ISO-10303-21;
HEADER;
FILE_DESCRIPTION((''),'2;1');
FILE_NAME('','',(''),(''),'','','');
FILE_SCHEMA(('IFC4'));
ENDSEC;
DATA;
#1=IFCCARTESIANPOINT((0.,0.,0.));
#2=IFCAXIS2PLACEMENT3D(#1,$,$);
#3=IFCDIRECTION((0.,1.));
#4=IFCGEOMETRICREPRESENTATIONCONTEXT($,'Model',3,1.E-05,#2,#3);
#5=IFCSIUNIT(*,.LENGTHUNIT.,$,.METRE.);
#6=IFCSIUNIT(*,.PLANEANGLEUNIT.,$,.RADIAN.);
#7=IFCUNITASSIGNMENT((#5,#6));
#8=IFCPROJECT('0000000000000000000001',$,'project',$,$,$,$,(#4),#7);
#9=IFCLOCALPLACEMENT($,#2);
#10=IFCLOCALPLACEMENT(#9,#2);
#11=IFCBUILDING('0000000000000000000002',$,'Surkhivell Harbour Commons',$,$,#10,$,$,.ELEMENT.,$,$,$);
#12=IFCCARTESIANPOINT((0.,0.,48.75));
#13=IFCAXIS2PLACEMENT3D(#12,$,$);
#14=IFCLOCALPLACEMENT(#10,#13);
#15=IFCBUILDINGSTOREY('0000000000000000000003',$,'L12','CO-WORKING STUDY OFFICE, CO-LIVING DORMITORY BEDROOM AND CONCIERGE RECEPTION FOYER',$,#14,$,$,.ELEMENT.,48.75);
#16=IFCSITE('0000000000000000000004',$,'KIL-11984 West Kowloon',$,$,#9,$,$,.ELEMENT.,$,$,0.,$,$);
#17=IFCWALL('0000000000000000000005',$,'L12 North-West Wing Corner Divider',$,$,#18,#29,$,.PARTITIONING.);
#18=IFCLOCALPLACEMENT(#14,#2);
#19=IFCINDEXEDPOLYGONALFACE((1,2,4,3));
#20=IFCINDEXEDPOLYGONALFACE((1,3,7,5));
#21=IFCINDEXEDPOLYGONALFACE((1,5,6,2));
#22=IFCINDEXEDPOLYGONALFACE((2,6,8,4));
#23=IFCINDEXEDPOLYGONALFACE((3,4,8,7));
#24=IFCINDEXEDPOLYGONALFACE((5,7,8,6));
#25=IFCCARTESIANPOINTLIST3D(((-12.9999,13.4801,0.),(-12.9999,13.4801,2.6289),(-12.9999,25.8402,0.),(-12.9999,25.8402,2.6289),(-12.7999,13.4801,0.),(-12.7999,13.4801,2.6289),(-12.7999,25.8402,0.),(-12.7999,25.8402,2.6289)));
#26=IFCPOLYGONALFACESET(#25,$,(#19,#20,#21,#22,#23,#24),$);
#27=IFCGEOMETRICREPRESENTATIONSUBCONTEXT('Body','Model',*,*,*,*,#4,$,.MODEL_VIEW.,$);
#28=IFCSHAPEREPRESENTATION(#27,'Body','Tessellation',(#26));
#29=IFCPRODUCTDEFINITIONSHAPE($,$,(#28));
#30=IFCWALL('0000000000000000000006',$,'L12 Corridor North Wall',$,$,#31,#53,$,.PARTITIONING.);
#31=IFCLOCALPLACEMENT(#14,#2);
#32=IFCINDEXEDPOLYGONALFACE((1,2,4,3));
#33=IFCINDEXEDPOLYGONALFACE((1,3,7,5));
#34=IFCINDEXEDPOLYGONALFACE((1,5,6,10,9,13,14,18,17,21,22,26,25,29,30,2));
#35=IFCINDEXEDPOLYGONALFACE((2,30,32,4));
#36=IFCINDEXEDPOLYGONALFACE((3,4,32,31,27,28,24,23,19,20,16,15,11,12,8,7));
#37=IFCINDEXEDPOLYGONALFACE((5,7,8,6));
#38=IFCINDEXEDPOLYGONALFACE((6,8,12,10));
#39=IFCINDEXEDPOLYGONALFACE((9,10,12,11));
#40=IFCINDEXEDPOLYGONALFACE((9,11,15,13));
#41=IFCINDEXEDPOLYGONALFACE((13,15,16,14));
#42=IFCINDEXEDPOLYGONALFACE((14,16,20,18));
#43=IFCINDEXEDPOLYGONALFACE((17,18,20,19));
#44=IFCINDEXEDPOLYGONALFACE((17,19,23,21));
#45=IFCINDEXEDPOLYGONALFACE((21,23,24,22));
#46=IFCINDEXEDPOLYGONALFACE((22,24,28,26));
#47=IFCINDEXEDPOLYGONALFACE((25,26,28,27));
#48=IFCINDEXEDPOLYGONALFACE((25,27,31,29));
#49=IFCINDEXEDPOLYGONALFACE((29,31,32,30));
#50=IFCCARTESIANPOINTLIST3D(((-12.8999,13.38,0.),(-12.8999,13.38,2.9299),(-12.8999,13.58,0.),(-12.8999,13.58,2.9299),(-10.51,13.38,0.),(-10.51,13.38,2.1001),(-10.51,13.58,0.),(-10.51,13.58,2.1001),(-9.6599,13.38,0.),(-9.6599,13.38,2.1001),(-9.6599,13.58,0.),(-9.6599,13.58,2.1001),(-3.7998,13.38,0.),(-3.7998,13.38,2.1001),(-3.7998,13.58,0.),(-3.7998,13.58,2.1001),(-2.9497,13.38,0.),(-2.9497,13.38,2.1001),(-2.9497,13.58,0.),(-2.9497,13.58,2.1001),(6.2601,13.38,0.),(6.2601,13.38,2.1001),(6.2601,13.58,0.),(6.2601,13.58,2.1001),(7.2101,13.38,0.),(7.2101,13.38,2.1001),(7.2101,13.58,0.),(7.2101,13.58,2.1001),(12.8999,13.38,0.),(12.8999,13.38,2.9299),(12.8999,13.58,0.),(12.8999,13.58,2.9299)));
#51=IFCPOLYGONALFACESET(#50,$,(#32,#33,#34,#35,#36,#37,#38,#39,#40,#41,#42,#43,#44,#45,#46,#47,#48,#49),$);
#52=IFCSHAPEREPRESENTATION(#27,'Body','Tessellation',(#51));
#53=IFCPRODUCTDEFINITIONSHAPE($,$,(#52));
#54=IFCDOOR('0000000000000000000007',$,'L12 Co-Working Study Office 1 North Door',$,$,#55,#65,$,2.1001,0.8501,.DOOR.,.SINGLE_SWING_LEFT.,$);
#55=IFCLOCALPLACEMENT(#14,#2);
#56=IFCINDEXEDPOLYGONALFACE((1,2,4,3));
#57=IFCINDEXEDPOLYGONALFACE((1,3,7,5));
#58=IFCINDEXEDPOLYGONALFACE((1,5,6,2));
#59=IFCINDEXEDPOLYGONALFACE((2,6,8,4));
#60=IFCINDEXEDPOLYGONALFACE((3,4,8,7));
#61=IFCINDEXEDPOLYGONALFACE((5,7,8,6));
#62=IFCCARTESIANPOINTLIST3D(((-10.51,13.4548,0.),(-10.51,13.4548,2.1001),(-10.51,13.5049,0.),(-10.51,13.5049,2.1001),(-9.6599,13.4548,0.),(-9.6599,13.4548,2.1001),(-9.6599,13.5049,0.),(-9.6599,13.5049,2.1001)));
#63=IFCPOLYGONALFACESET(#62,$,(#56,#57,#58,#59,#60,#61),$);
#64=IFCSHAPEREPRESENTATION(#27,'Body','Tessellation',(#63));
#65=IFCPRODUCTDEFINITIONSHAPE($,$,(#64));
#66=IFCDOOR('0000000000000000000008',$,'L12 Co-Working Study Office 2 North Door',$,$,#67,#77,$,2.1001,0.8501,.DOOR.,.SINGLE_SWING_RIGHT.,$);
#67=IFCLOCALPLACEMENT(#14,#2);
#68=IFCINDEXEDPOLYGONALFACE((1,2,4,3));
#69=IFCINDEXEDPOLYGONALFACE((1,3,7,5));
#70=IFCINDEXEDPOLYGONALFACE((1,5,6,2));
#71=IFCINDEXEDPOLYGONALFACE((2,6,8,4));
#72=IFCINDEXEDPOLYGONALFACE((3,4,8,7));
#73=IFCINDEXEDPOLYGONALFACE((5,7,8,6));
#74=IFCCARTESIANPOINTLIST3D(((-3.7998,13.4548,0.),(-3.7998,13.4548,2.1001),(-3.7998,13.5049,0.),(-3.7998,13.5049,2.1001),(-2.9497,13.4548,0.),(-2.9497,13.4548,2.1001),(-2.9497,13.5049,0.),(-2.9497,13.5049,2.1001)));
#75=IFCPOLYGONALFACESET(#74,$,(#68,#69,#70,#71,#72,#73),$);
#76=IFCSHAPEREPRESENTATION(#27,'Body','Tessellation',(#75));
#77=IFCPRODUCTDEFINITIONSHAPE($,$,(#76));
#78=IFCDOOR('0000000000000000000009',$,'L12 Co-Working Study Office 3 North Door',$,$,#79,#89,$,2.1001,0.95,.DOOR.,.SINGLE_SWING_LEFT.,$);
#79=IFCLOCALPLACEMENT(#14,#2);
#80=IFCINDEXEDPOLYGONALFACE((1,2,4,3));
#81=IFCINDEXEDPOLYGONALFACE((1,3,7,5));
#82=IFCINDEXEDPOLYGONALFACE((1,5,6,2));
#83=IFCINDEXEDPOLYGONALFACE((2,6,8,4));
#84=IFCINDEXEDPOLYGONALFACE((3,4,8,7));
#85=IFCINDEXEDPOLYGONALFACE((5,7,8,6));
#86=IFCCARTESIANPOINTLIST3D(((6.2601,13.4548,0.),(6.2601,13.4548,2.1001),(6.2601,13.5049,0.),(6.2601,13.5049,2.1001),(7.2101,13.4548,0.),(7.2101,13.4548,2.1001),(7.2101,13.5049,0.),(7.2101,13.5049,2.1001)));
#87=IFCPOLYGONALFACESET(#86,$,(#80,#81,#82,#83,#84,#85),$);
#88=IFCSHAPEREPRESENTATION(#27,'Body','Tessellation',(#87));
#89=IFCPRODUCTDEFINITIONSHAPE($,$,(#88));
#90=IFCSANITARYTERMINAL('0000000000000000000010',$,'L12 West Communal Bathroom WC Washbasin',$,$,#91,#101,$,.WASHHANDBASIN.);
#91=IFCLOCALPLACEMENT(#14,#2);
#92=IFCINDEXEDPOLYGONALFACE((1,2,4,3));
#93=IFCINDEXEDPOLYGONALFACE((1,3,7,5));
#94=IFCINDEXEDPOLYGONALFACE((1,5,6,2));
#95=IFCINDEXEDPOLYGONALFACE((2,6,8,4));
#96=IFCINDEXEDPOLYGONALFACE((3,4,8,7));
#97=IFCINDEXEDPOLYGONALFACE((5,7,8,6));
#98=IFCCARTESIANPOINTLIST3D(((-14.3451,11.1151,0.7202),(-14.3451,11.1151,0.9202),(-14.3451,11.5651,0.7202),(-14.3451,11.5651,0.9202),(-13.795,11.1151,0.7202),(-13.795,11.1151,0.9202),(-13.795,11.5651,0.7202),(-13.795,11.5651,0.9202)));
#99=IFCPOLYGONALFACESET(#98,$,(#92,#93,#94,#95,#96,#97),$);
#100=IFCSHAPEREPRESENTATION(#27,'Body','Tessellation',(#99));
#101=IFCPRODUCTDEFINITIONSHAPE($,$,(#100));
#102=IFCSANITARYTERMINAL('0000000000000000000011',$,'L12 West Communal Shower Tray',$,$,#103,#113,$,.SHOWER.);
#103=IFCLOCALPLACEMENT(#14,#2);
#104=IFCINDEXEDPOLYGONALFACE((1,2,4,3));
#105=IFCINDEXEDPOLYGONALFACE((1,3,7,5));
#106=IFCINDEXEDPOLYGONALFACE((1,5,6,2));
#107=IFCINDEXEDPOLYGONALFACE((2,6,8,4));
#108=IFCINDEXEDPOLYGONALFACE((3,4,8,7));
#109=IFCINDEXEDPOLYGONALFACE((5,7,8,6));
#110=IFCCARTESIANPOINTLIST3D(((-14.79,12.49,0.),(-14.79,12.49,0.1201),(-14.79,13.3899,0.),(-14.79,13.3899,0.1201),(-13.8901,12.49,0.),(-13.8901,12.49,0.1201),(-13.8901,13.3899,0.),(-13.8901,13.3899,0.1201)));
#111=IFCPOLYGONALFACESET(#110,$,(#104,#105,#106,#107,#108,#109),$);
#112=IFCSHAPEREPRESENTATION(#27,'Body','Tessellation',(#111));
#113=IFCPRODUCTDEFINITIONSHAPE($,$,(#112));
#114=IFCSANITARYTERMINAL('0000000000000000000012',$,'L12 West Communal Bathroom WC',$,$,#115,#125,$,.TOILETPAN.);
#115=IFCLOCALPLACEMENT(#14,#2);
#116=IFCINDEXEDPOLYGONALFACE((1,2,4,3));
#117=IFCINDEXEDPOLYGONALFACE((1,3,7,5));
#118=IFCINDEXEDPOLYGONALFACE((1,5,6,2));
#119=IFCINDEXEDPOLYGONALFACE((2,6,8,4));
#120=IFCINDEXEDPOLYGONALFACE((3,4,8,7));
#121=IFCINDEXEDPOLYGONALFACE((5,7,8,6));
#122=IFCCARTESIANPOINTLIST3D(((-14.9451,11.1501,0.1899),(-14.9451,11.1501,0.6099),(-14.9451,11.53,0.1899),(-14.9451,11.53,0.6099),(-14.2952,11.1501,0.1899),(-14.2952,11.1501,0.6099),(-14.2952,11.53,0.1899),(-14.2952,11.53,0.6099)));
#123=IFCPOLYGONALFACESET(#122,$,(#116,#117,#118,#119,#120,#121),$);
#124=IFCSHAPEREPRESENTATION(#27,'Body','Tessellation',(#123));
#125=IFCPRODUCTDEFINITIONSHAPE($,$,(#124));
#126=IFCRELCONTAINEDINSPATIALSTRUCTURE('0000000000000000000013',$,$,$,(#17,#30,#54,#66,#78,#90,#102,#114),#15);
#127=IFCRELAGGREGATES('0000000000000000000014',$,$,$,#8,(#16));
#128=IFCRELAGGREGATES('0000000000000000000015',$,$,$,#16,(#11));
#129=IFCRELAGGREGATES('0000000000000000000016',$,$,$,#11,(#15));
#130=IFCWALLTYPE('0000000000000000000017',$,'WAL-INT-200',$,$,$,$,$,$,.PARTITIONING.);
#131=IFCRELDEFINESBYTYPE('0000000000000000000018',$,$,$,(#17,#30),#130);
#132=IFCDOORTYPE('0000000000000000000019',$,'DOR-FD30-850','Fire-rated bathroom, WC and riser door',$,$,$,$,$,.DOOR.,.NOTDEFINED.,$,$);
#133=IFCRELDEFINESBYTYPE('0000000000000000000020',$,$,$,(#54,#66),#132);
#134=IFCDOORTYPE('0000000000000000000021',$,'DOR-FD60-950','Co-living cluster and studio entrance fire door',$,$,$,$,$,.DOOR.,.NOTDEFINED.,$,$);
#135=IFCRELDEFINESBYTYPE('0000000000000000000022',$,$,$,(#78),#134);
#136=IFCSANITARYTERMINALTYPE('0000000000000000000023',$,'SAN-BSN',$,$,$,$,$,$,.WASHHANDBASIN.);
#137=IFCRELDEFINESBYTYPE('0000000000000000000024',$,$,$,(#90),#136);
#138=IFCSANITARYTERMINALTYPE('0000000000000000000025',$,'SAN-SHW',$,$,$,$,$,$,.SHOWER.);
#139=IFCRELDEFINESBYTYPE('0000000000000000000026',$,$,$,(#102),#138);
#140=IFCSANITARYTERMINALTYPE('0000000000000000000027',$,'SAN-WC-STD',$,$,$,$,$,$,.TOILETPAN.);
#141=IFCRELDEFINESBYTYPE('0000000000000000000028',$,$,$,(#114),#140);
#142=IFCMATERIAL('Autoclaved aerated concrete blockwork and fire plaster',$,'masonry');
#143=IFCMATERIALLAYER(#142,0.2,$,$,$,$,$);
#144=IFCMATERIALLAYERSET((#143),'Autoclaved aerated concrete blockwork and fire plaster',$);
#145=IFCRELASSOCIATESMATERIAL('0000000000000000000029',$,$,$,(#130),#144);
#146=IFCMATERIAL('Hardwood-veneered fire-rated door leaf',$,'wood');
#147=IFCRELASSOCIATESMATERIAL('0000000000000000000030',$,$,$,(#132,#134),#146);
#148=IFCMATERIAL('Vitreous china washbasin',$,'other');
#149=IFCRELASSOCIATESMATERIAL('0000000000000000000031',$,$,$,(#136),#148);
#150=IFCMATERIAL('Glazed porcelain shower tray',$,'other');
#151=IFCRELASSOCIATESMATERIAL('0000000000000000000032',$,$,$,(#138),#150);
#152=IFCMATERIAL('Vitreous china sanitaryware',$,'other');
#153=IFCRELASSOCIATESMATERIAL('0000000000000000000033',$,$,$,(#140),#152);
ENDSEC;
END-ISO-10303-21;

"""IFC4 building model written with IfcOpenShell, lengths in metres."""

from ifc_helpers import new_model, si_unit, direction, frame, frame_2d, origin, origin_2d, place, context, subcontext, project, spatial, rectangle, extrude, material, layer, layer_set, type_object, element, fill, save


model = new_model("IFC4")

# Units and contexts
model_context = context("Model", 3, precision=1e-05, world=origin(), true_north=direction((0.0, 1.0)))
body_context = subcontext(model_context, "Body", "Model", "MODEL_VIEW")
ifc_project = project(units=[si_unit("LENGTHUNIT", "METRE"), si_unit("PLANEANGLEUNIT", "RADIAN")], contexts=[model_context])

# Site, building, storey
site_placement = place(None, origin())
site = spatial("IfcSite", under=ifc_project, at=site_placement, Name="KIL-11984 West Kowloon", CompositionType="ELEMENT", RefElevation=0.0)
building_placement = place(site_placement, origin())
building = spatial("IfcBuilding", under=site, at=building_placement, Name="Surkhivell Harbour Commons", CompositionType="ELEMENT")
storey_placement = place(building_placement, frame((0.0, 0.0, 48.75)))
storey = spatial("IfcBuildingStorey", under=building, at=storey_placement, Name="L12", Description="CO-WORKING STUDY OFFICE, CO-LIVING DORMITORY BEDROOM AND CONCIERGE RECEPTION FOYER", CompositionType="ELEMENT", Elevation=48.75)

# Shared definitions
ifc_material_1 = material(Name="Hardwood-veneered fire-rated door leaf", Category="wood")

# Wall
ifc_material_2 = material(Name="Autoclaved aerated concrete blockwork and fire plaster", Category="masonry")
ifc_layer_1 = layer(ifc_material_2, 0.2)
ifc_layer_set_1 = layer_set([ifc_layer_1], Name="Autoclaved aerated concrete blockwork and fire plaster")
wall_type_1 = type_object("IfcWallType", Name="WAL-INT-200", PredefinedType="PARTITIONING", material=ifc_layer_set_1)
wall_1_placement = place(storey_placement, frame((-12.8999, 13.48, 0.0), z_axis=(0.0, 0.0, 1.0), x_axis=(0.0, 1.0, 0.0)))
element("IfcWall", 1, at=wall_1_placement, inside=storey, type_object=wall_type_1, Name="L12 North-West Wing Corner Divider", PredefinedType="PARTITIONING", context=body_context, shape_type="SweptSolid", body=[
    extrude(rectangle(XDim=12.3601, YDim=0.2, at=frame_2d((6.1802, 0.0))), origin(), (0.0, 0.0, 1.0), 2.6289),
])

# Wall, openings, doors
wall_2_placement = place(storey_placement, frame((-12.8999, 13.48, 0.0), z_axis=(0.0, 0.0, 1.0), x_axis=(1.0, 0.0, 0.0)))
wall_2 = element("IfcWall", 2, at=wall_2_placement, inside=storey, type_object=wall_type_1, Name="L12 Corridor North Wall", PredefinedType="PARTITIONING", context=body_context, shape_type="SweptSolid", body=[
    extrude(rectangle(XDim=25.7998, YDim=0.2, at=frame_2d((12.8999, 0.0))), origin(), (0.0, 0.0, 1.0), 2.9299),
])
opening_1_placement = place(wall_2_placement, frame((2.3899, 0.0, 0.0)))
opening_1 = element("IfcOpeningElement", 3, at=opening_1_placement, cuts=wall_2, PredefinedType="OPENING", context=body_context, shape_type="SweptSolid", body=[
    extrude(rectangle(XDim=0.8501, YDim=2.1001, at=frame_2d((0.425, 1.05))), frame((0.0, 0.1099, 0.0), z_axis=(0.0, -1.0, 0.0), x_axis=(1.0, 0.0, 0.0)), (0.0, 0.0, 1.0), 0.22),
])
opening_2_placement = place(wall_2_placement, frame((9.1001, 0.0, 0.0)))
opening_2 = element("IfcOpeningElement", 4, at=opening_2_placement, cuts=wall_2, PredefinedType="OPENING", context=body_context, shape_type="SweptSolid", body=[
    extrude(rectangle(XDim=0.8501, YDim=2.1001, at=frame_2d((0.425, 1.05))), frame((0.0, 0.1099, 0.0), z_axis=(0.0, -1.0, 0.0), x_axis=(1.0, 0.0, 0.0)), (0.0, 0.0, 1.0), 0.22),
])
opening_3_placement = place(wall_2_placement, frame((19.1599, 0.0, 0.0)))
opening_3 = element("IfcOpeningElement", 5, at=opening_3_placement, cuts=wall_2, PredefinedType="OPENING", context=body_context, shape_type="SweptSolid", body=[
    extrude(rectangle(XDim=0.95, YDim=2.1001, at=frame_2d((0.4751, 1.05))), frame((0.0, 0.1099, 0.0), z_axis=(0.0, -1.0, 0.0), x_axis=(1.0, 0.0, 0.0)), (0.0, 0.0, 1.0), 0.22),
])
door_type_1 = type_object("IfcDoorType", Name="DOR-FD30-850", Description="Fire-rated bathroom, WC and riser door", OperationType="NOTDEFINED", PredefinedType="DOOR", material=ifc_material_1)
door_1_placement = place(opening_1_placement, origin())
door_1 = element("IfcDoor", 6, at=door_1_placement, inside=storey, type_object=door_type_1, Name="L12 Co-Working Study Office 1 North Door", OperationType="SINGLE_SWING_LEFT", OverallHeight=2.1001, OverallWidth=0.8501, PredefinedType="DOOR", context=body_context, shape_type="SweptSolid", body=[
    extrude(rectangle(XDim=0.8501, YDim=2.1001, at=frame_2d((0.425, 1.05))), frame((0.0, 0.0249, 0.0), z_axis=(0.0, -1.0, 0.0), x_axis=(1.0, 0.0, 0.0)), (0.0, 0.0, 1.0), 0.05),
])
fill(opening_1, door_1)
door_2_placement = place(opening_2_placement, origin())
door_2 = element("IfcDoor", 7, at=door_2_placement, inside=storey, type_object=door_type_1, Name="L12 Co-Working Study Office 2 North Door", OperationType="SINGLE_SWING_RIGHT", OverallHeight=2.1001, OverallWidth=0.8501, PredefinedType="DOOR", context=body_context, shape_type="SweptSolid", body=[
    extrude(rectangle(XDim=0.8501, YDim=2.1001, at=frame_2d((0.425, 1.05))), frame((0.0, 0.0249, 0.0), z_axis=(0.0, -1.0, 0.0), x_axis=(1.0, 0.0, 0.0)), (0.0, 0.0, 1.0), 0.05),
])
fill(opening_2, door_2)
door_type_2 = type_object("IfcDoorType", Name="DOR-FD60-950", Description="Co-living cluster and studio entrance fire door", OperationType="NOTDEFINED", PredefinedType="DOOR", material=ifc_material_1)
door_3_placement = place(opening_3_placement, origin())
door_3 = element("IfcDoor", 8, at=door_3_placement, inside=storey, type_object=door_type_2, Name="L12 Co-Working Study Office 3 North Door", OperationType="SINGLE_SWING_LEFT", OverallHeight=2.1001, OverallWidth=0.95, PredefinedType="DOOR", context=body_context, shape_type="SweptSolid", body=[
    extrude(rectangle(XDim=0.95, YDim=2.1001, at=frame_2d((0.4751, 1.05))), frame((0.0, 0.0249, 0.0), z_axis=(0.0, -1.0, 0.0), x_axis=(1.0, 0.0, 0.0)), (0.0, 0.0, 1.0), 0.05),
])
fill(opening_3, door_3)

# Sanitary terminals
ifc_material_3 = material(Name="Vitreous china washbasin", Category="other")
sanitary_terminal_type_1 = type_object("IfcSanitaryTerminalType", Name="SAN-BSN", PredefinedType="WASHHANDBASIN", material=ifc_material_3)
sanitary_terminal_1_placement = place(storey_placement, frame((-14.0701, 11.3401, 0.7202), z_axis=(0.0, 0.0, 1.0), x_axis=(1.0, 0.0, 0.0)))
element("IfcSanitaryTerminal", 9, at=sanitary_terminal_1_placement, inside=storey, type_object=sanitary_terminal_type_1, Name="L12 West Communal Bathroom WC Washbasin", PredefinedType="WASHHANDBASIN", context=body_context, shape_type="SweptSolid", body=[
    extrude(rectangle(XDim=0.55, YDim=0.45, at=origin_2d()), origin(), (0.0, 0.0, 1.0), 0.2),
])
ifc_material_4 = material(Name="Glazed porcelain shower tray", Category="other")
sanitary_terminal_type_2 = type_object("IfcSanitaryTerminalType", Name="SAN-SHW", PredefinedType="SHOWER", material=ifc_material_4)
sanitary_terminal_2_placement = place(storey_placement, frame((-14.3401, 12.9399, 0.0), z_axis=(0.0, 0.0, 1.0), x_axis=(1.0, 0.0, 0.0)))
element("IfcSanitaryTerminal", 10, at=sanitary_terminal_2_placement, inside=storey, type_object=sanitary_terminal_type_2, Name="L12 West Communal Shower Tray", PredefinedType="SHOWER", context=body_context, shape_type="SweptSolid", body=[
    extrude(rectangle(XDim=0.8999, YDim=0.8999, at=origin_2d()), origin(), (0.0, 0.0, 1.0), 0.1201),
])
ifc_material_5 = material(Name="Vitreous china sanitaryware", Category="other")
sanitary_terminal_type_3 = type_object("IfcSanitaryTerminalType", Name="SAN-WC-STD", PredefinedType="TOILETPAN", material=ifc_material_5)
sanitary_terminal_3_placement = place(storey_placement, frame((-14.6201, 11.3401, 0.1899), z_axis=(0.0, 0.0, 1.0), x_axis=(1.0, 0.0, 0.0)))
element("IfcSanitaryTerminal", 11, at=sanitary_terminal_3_placement, inside=storey, type_object=sanitary_terminal_type_3, Name="L12 West Communal Bathroom WC", PredefinedType="TOILETPAN", context=body_context, shape_type="SweptSolid", body=[
    extrude(rectangle(XDim=0.6499, YDim=0.3799, at=origin_2d()), origin(), (0.0, 0.0, 1.0), 0.4199),
])

save(model, "model.ifc")
